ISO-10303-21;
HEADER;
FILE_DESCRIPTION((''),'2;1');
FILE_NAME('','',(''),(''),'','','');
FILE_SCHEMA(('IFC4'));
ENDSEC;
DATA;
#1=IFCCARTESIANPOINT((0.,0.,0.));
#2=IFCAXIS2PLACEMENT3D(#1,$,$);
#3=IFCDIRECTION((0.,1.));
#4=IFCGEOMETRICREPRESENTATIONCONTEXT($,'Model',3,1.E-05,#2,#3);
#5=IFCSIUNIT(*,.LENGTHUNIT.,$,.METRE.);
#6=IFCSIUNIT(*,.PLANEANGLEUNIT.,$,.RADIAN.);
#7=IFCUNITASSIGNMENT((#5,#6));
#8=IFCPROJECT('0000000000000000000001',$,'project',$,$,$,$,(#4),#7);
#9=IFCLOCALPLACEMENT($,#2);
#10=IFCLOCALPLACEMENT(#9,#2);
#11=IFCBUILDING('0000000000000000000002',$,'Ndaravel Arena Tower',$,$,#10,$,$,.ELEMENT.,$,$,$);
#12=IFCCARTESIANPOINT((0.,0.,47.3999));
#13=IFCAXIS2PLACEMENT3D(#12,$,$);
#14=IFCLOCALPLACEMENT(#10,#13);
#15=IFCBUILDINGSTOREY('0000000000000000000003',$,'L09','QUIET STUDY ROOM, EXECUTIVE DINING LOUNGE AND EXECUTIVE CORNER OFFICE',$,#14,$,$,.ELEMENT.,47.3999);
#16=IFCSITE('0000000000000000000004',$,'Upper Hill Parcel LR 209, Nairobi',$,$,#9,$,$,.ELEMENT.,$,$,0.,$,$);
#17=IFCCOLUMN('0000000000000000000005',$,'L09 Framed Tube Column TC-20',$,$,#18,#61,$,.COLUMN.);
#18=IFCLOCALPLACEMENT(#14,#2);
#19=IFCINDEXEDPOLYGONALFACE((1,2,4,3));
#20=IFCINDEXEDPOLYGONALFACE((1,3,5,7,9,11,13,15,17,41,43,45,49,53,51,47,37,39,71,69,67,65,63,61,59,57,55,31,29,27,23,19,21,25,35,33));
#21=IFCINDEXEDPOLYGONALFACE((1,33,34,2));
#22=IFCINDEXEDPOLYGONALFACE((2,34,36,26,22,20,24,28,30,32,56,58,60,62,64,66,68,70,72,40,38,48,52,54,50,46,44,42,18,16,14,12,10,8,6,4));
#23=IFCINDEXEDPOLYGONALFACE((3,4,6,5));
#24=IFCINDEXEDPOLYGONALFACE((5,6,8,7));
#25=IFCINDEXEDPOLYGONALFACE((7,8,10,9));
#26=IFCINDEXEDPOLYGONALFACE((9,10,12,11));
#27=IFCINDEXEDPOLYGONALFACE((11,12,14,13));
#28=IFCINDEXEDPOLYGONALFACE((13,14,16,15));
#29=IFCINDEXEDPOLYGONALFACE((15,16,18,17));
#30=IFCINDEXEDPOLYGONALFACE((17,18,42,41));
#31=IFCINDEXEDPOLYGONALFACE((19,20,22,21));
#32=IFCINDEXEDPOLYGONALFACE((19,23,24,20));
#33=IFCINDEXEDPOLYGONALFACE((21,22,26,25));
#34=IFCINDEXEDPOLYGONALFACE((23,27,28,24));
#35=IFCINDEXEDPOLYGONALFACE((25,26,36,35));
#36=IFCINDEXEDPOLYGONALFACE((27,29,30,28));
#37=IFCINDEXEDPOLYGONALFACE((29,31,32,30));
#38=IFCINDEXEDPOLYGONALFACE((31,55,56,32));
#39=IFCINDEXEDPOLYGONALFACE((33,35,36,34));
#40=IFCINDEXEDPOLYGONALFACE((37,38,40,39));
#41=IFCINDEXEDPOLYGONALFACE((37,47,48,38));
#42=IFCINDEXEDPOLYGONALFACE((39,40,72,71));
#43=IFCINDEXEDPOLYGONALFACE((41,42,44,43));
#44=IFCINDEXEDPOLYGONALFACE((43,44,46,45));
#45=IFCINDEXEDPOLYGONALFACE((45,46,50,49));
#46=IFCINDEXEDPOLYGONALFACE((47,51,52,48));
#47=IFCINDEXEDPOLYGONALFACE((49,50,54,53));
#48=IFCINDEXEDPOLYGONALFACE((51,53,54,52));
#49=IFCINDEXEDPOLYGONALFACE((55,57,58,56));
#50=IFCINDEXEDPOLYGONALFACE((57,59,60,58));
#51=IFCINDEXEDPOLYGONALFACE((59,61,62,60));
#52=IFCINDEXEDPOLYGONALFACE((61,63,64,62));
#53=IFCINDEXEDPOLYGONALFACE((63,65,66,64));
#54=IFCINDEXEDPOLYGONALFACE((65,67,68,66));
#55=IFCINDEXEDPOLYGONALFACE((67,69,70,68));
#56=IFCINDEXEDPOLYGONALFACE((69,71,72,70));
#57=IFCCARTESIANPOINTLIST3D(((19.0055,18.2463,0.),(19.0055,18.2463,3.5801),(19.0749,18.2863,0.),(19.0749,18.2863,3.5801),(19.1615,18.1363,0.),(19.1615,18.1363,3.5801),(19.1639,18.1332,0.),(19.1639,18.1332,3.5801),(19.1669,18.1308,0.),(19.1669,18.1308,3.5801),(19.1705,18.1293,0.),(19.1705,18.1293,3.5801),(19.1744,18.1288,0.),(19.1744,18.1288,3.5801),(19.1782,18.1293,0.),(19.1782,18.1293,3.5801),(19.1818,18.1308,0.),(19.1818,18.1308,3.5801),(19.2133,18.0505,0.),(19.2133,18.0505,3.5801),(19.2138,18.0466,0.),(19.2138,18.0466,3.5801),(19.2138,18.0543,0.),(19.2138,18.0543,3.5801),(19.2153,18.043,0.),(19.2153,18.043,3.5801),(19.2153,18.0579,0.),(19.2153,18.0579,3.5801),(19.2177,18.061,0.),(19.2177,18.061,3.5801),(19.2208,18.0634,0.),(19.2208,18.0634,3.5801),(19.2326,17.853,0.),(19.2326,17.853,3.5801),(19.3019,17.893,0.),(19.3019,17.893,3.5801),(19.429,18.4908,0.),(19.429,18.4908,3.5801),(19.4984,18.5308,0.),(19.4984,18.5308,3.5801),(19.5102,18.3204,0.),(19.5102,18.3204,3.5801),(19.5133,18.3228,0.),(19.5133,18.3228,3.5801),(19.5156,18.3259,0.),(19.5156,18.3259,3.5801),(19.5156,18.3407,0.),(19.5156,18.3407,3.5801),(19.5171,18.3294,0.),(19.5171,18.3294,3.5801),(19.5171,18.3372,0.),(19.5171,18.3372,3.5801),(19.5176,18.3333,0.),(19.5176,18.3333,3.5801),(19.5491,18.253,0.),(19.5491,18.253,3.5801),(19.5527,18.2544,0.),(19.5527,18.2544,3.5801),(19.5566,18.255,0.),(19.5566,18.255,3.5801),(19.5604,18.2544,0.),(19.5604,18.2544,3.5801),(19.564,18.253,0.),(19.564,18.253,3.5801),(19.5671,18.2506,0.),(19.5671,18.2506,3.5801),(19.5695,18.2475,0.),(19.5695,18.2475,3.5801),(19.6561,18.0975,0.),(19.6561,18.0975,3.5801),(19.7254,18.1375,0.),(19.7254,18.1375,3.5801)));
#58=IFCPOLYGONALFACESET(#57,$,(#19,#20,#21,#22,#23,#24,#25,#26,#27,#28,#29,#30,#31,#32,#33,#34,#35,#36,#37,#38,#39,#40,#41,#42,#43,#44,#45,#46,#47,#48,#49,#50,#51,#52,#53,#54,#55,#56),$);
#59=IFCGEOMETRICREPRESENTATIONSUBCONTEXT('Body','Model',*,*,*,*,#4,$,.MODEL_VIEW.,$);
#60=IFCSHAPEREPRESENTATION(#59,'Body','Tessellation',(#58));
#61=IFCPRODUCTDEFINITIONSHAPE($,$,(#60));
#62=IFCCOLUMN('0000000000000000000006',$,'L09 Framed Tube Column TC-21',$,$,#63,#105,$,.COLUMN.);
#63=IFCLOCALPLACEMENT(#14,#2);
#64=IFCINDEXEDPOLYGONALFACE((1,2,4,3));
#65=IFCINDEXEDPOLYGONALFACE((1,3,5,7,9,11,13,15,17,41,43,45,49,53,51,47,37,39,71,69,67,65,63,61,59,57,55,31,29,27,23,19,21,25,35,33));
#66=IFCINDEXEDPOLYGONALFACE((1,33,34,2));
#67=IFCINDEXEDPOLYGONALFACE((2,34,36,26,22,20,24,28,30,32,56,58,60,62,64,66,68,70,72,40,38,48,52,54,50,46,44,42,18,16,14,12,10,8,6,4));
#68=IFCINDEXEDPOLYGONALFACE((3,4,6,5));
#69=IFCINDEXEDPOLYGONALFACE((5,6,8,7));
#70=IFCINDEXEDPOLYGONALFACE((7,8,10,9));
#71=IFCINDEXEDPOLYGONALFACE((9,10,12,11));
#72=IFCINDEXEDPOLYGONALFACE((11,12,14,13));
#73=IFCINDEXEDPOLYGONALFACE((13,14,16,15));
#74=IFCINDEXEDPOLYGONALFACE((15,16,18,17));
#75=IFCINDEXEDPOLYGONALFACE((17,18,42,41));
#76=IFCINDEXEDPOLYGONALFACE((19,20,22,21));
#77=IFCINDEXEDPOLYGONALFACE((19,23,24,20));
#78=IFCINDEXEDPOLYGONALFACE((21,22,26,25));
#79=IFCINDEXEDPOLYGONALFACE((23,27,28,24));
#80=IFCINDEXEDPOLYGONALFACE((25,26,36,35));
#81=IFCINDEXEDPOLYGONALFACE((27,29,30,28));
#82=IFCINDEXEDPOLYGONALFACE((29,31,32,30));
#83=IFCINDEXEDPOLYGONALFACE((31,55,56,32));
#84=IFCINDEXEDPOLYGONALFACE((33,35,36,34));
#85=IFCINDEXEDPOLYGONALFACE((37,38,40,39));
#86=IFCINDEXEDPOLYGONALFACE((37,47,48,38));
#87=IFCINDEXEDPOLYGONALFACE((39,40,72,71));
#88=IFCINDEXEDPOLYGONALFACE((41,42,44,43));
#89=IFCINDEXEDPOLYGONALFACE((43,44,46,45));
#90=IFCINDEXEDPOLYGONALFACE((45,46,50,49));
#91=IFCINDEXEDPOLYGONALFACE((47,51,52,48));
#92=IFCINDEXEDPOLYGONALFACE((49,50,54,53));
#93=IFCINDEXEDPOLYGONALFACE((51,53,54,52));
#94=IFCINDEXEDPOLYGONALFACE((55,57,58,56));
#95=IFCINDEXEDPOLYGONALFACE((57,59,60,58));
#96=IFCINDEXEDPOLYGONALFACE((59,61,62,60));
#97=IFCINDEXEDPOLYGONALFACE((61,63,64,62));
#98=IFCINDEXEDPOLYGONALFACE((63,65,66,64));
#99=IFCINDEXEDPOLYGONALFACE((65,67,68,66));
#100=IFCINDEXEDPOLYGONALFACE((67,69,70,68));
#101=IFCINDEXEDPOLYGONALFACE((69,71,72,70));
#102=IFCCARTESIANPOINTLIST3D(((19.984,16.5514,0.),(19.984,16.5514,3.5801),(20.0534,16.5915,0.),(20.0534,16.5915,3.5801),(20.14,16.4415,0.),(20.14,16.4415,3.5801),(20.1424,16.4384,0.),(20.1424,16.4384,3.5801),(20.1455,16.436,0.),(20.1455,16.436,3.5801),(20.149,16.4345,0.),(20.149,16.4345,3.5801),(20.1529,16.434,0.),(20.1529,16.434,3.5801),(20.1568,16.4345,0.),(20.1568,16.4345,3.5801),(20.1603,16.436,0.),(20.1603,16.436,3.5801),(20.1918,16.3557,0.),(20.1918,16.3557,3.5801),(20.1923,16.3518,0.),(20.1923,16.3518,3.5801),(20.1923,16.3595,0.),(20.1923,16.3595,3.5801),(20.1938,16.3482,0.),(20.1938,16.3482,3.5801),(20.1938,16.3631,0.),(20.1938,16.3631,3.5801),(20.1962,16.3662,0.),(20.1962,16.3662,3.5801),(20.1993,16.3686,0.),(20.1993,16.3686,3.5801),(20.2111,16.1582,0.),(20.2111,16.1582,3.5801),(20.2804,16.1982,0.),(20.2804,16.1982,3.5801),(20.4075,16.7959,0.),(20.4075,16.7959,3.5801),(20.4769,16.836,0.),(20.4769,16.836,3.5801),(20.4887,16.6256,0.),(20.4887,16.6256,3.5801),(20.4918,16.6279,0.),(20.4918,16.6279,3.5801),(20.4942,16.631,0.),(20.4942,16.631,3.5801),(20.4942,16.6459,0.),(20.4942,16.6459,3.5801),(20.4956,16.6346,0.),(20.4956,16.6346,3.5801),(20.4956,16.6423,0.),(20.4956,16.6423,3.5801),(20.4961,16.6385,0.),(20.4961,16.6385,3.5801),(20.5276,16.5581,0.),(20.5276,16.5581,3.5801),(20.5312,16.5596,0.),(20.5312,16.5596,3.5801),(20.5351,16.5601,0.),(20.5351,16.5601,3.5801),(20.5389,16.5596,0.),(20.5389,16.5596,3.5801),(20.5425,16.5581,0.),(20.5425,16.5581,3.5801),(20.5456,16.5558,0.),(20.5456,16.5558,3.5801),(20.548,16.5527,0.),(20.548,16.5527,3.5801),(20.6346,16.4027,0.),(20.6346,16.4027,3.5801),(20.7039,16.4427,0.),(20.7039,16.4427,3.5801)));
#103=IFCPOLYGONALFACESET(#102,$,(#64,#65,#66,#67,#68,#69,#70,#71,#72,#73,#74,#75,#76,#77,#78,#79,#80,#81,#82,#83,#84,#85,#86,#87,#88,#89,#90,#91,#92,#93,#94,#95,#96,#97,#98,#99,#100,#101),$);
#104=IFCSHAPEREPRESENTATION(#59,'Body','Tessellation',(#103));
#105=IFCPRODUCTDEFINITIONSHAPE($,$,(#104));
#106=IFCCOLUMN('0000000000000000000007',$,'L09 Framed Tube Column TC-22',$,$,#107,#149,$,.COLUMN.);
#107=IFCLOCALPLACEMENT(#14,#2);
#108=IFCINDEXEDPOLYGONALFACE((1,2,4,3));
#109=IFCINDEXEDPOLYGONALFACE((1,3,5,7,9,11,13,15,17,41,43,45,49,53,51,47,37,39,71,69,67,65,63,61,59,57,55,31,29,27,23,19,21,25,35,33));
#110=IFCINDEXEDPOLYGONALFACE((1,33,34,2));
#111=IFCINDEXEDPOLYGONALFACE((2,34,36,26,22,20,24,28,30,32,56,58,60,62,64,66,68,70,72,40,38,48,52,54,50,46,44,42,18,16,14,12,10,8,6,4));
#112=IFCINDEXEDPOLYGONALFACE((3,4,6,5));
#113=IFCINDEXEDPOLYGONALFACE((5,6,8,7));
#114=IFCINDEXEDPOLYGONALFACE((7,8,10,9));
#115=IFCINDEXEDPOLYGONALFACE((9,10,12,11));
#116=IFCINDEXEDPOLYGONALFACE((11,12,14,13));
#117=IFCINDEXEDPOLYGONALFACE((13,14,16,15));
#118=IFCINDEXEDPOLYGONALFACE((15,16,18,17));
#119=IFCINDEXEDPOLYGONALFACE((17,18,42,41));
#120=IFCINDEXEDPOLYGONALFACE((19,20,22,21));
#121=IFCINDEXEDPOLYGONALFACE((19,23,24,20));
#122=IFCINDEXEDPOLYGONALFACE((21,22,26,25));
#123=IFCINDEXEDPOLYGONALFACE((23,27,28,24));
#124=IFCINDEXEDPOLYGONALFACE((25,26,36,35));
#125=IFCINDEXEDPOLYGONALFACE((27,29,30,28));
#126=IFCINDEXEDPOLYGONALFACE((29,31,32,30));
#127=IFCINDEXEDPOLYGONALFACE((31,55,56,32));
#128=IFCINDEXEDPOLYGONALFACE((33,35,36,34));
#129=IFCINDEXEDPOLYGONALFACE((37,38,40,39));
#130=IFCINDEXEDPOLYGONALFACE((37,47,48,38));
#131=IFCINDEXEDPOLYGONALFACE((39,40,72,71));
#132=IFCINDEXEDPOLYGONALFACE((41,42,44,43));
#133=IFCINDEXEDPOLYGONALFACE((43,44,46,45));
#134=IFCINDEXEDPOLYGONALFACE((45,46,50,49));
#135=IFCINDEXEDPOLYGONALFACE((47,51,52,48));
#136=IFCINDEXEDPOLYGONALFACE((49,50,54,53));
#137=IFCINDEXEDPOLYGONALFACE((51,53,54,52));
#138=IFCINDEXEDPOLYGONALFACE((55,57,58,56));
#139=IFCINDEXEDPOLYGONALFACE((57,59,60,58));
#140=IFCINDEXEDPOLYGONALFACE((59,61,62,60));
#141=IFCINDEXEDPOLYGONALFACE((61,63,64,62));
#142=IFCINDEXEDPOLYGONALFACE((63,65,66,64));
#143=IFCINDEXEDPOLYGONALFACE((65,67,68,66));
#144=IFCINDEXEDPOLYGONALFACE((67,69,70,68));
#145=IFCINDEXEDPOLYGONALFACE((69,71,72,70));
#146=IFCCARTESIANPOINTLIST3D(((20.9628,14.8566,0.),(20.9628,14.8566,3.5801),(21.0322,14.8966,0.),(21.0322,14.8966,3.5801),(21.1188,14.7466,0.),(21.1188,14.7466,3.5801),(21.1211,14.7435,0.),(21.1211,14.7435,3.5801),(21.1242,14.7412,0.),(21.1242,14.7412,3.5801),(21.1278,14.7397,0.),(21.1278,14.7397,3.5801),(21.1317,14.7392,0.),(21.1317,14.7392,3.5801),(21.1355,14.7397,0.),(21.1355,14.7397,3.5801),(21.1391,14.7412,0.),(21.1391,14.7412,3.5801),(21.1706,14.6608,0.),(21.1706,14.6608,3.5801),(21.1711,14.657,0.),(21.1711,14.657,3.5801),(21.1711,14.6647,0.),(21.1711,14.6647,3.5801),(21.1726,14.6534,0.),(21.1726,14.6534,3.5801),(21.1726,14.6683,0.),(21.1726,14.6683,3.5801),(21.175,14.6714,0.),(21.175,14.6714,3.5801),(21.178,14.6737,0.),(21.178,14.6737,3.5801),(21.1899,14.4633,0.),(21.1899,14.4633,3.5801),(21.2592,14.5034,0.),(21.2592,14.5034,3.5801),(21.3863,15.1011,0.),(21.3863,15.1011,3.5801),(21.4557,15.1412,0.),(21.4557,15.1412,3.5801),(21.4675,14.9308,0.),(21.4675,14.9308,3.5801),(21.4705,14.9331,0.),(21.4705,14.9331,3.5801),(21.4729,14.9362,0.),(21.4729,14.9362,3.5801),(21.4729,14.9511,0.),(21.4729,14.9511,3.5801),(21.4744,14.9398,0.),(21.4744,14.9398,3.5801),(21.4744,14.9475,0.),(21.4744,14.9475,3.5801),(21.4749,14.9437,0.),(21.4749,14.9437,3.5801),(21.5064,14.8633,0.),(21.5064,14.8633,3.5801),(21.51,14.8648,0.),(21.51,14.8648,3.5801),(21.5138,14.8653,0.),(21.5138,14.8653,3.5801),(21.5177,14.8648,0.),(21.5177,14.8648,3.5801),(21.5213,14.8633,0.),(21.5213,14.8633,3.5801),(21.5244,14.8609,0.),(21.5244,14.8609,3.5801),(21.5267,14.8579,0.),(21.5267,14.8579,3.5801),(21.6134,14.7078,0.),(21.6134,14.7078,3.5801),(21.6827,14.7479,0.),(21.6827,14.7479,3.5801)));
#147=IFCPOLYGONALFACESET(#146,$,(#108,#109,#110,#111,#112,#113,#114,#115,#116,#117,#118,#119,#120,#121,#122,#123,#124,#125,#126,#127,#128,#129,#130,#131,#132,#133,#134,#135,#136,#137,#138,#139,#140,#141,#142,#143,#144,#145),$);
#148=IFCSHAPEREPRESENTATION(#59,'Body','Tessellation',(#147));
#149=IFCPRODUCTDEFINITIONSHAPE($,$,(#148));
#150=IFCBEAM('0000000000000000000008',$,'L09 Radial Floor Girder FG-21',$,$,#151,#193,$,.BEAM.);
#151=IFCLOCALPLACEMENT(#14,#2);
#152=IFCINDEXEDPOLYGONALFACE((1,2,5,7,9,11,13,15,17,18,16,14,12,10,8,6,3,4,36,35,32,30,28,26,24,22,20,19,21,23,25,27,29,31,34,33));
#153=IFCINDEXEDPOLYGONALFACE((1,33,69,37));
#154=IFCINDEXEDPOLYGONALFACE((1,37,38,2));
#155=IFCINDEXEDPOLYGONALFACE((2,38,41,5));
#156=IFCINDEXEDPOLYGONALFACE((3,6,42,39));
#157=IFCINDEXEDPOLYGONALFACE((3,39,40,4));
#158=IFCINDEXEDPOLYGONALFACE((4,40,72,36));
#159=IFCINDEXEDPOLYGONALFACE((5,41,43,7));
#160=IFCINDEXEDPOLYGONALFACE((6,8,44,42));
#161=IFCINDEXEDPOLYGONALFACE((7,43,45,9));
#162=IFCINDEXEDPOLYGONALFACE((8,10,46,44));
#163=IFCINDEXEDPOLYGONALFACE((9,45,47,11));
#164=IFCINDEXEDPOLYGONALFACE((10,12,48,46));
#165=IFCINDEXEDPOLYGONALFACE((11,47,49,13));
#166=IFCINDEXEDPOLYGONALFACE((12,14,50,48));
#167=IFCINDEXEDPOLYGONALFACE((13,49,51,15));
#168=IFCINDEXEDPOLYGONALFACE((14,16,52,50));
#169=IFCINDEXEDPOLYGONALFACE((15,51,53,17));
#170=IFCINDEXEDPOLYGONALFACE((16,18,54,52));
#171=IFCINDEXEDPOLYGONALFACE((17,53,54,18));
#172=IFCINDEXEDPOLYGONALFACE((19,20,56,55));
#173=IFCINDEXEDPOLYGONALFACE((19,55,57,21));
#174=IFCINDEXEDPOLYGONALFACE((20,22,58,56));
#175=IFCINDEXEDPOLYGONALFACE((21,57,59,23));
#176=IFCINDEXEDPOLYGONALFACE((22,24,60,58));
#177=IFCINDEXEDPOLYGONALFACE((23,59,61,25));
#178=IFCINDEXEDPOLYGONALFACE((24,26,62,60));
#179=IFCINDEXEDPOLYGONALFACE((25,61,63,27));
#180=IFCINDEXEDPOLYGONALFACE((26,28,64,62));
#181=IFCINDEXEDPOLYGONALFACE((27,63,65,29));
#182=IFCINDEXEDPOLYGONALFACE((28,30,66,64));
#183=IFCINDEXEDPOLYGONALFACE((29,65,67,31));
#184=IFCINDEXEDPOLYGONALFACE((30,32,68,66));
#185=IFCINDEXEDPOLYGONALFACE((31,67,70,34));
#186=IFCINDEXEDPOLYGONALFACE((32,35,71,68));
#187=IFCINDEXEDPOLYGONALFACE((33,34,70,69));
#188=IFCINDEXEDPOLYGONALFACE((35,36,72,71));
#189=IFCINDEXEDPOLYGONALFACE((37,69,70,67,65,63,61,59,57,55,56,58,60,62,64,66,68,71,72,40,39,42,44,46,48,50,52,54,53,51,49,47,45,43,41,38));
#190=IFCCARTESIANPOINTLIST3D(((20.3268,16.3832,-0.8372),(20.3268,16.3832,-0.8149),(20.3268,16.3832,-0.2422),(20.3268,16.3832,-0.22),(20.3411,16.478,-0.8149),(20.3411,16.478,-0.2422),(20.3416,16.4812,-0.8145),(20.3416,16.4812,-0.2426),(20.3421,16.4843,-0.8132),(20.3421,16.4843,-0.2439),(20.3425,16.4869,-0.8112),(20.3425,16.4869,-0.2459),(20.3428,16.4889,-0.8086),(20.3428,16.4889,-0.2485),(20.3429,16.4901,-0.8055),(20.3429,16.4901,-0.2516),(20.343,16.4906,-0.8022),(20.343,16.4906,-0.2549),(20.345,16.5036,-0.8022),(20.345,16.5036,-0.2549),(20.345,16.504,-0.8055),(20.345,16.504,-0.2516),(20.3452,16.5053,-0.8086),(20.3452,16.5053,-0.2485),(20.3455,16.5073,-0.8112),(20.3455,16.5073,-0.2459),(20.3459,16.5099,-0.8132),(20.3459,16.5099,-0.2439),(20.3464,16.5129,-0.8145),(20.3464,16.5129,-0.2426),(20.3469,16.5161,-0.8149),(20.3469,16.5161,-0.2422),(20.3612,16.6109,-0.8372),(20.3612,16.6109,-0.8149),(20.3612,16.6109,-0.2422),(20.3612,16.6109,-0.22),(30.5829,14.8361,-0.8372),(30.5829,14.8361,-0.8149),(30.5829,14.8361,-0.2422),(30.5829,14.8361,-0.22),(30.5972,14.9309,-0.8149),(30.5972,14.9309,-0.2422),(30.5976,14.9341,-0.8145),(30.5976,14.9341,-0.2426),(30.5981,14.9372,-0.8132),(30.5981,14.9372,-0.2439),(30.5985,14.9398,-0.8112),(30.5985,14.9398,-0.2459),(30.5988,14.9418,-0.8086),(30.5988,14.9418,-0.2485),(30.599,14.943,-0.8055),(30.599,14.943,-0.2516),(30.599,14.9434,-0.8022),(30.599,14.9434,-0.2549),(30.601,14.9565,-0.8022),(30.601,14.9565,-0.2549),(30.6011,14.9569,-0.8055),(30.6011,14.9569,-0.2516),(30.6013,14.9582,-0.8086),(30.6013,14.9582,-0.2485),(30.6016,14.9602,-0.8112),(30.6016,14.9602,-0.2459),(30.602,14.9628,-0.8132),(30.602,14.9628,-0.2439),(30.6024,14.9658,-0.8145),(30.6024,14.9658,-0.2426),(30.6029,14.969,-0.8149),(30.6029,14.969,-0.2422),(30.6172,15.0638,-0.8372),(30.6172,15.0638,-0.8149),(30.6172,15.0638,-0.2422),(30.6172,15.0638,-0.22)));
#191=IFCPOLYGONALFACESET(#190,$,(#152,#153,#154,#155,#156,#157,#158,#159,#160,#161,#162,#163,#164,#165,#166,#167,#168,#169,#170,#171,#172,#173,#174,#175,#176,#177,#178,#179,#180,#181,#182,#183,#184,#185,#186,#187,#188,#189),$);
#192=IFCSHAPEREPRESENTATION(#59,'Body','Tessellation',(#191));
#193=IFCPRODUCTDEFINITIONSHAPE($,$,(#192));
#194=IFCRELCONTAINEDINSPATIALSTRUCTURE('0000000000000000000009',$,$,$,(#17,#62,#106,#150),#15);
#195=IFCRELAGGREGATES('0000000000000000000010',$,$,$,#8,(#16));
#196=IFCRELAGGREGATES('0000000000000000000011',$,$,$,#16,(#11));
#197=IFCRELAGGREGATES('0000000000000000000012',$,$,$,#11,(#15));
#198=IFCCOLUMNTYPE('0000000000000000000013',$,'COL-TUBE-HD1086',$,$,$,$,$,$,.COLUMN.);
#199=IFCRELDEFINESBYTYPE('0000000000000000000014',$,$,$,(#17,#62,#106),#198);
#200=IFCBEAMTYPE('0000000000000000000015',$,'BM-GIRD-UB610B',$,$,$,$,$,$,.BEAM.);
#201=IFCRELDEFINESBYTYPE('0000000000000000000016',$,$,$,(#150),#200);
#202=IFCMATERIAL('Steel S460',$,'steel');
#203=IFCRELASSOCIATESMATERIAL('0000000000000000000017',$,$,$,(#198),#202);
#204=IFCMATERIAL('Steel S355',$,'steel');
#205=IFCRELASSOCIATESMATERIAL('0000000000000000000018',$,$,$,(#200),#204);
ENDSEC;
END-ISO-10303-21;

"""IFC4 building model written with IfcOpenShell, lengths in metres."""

from ifc_helpers import new_model, si_unit, direction, frame, origin, origin_2d, place, context, subcontext, project, spatial, i_section, extrude, material, material_profile, profile_set, type_object, element, save


model = new_model("IFC4")

# Units and contexts
model_context = context("Model", 3, precision=1e-05, world=origin(), true_north=direction((0.0, 1.0)))
body_context = subcontext(model_context, "Body", "Model", "MODEL_VIEW")
ifc_project = project(units=[si_unit("LENGTHUNIT", "METRE"), si_unit("PLANEANGLEUNIT", "RADIAN")], contexts=[model_context])

# Site, building, storey
site_placement = place(None, origin())
site = spatial("IfcSite", under=ifc_project, at=site_placement, Name="Upper Hill Parcel LR 209, Nairobi", CompositionType="ELEMENT", RefElevation=0.0)
building_placement = place(site_placement, origin())
building = spatial("IfcBuilding", under=site, at=building_placement, Name="Ndaravel Arena Tower", CompositionType="ELEMENT")
storey_placement = place(building_placement, frame((0.0, 0.0, 47.3999)))
storey = spatial("IfcBuildingStorey", under=building, at=storey_placement, Name="L09", Description="QUIET STUDY ROOM, EXECUTIVE DINING LOUNGE AND EXECUTIVE CORNER OFFICE", CompositionType="ELEMENT", Elevation=47.3999)

# Columns
ifc_material_1 = material(Name="Steel S460", Category="steel")
ifc_material_profile_1 = material_profile(ifc_material_1, i_section(OverallWidth=0.4541, OverallDepth=0.5691, WebThickness=0.0779, FlangeThickness=0.0801, FilletRadius=0.0149, at=origin_2d()), Name="HD 400x1086")
ifc_profile_set_1 = profile_set([ifc_material_profile_1], Name="Steel S460")
column_type = type_object("IfcColumnType", Name="COL-TUBE-HD1086", PredefinedType="COLUMN", material=ifc_profile_set_1)
for number, where, z_axis, x_axis, name in (
    (1, (19.3655, 18.1919, 0.0), (0.0, 0.0, 1.0), (-0.5, 0.866025, 0.0), "L09 Framed Tube Column TC-20"),
    (2, (20.344, 16.4971, 0.0), (0.0, 0.0, 1.0), (-0.5, 0.866025, 0.0), "L09 Framed Tube Column TC-21"),
    (3, (21.3228, 14.8022, 0.0), (0.0, 0.0, 1.0), (-0.5, 0.866025, 0.0), "L09 Framed Tube Column TC-22"),
):
    element("IfcColumn", number, at=place(storey_placement, frame(where, z_axis=z_axis, x_axis=x_axis)), inside=storey, type_object=column_type, Name=name, PredefinedType="COLUMN", context=body_context, shape_type="SweptSolid", body=[
        extrude(i_section(OverallWidth=0.4541, OverallDepth=0.5691, WebThickness=0.0779, FlangeThickness=0.0801, FilletRadius=0.0149, at=origin_2d()), origin(), (0.0, 0.0, 1.0), 3.5801),
    ])

# Beam
ifc_material_2 = material(Name="Steel S355", Category="steel")
ifc_material_profile_2 = material_profile(ifc_material_2, i_section(OverallWidth=0.2302, OverallDepth=0.6172, WebThickness=0.0132, FlangeThickness=0.0222, FilletRadius=0.0127, at=origin_2d()), Name="UB 610x229x140")
ifc_profile_set_2 = profile_set([ifc_material_profile_2], Name="Steel S355")
beam_type_1 = type_object("IfcBeamType", Name="BM-GIRD-UB610B", PredefinedType="BEAM", material=ifc_profile_set_2)
beam_1_placement = place(storey_placement, frame((20.344, 16.4971, -0.5286), z_axis=(0.988813, -0.149161, 0.0), x_axis=(0.149161, 0.988813, 0.0)))
element("IfcBeam", 4, at=beam_1_placement, inside=storey, type_object=beam_type_1, Name="L09 Radial Floor Girder FG-21", PredefinedType="BEAM", context=body_context, shape_type="SweptSolid", body=[
    extrude(i_section(OverallWidth=0.2302, OverallDepth=0.6172, WebThickness=0.0132, FlangeThickness=0.0222, FilletRadius=0.0127, at=origin_2d()), origin(), (0.0, 0.0, 1.0), 10.3721),
])

save(model, "model.ifc")
